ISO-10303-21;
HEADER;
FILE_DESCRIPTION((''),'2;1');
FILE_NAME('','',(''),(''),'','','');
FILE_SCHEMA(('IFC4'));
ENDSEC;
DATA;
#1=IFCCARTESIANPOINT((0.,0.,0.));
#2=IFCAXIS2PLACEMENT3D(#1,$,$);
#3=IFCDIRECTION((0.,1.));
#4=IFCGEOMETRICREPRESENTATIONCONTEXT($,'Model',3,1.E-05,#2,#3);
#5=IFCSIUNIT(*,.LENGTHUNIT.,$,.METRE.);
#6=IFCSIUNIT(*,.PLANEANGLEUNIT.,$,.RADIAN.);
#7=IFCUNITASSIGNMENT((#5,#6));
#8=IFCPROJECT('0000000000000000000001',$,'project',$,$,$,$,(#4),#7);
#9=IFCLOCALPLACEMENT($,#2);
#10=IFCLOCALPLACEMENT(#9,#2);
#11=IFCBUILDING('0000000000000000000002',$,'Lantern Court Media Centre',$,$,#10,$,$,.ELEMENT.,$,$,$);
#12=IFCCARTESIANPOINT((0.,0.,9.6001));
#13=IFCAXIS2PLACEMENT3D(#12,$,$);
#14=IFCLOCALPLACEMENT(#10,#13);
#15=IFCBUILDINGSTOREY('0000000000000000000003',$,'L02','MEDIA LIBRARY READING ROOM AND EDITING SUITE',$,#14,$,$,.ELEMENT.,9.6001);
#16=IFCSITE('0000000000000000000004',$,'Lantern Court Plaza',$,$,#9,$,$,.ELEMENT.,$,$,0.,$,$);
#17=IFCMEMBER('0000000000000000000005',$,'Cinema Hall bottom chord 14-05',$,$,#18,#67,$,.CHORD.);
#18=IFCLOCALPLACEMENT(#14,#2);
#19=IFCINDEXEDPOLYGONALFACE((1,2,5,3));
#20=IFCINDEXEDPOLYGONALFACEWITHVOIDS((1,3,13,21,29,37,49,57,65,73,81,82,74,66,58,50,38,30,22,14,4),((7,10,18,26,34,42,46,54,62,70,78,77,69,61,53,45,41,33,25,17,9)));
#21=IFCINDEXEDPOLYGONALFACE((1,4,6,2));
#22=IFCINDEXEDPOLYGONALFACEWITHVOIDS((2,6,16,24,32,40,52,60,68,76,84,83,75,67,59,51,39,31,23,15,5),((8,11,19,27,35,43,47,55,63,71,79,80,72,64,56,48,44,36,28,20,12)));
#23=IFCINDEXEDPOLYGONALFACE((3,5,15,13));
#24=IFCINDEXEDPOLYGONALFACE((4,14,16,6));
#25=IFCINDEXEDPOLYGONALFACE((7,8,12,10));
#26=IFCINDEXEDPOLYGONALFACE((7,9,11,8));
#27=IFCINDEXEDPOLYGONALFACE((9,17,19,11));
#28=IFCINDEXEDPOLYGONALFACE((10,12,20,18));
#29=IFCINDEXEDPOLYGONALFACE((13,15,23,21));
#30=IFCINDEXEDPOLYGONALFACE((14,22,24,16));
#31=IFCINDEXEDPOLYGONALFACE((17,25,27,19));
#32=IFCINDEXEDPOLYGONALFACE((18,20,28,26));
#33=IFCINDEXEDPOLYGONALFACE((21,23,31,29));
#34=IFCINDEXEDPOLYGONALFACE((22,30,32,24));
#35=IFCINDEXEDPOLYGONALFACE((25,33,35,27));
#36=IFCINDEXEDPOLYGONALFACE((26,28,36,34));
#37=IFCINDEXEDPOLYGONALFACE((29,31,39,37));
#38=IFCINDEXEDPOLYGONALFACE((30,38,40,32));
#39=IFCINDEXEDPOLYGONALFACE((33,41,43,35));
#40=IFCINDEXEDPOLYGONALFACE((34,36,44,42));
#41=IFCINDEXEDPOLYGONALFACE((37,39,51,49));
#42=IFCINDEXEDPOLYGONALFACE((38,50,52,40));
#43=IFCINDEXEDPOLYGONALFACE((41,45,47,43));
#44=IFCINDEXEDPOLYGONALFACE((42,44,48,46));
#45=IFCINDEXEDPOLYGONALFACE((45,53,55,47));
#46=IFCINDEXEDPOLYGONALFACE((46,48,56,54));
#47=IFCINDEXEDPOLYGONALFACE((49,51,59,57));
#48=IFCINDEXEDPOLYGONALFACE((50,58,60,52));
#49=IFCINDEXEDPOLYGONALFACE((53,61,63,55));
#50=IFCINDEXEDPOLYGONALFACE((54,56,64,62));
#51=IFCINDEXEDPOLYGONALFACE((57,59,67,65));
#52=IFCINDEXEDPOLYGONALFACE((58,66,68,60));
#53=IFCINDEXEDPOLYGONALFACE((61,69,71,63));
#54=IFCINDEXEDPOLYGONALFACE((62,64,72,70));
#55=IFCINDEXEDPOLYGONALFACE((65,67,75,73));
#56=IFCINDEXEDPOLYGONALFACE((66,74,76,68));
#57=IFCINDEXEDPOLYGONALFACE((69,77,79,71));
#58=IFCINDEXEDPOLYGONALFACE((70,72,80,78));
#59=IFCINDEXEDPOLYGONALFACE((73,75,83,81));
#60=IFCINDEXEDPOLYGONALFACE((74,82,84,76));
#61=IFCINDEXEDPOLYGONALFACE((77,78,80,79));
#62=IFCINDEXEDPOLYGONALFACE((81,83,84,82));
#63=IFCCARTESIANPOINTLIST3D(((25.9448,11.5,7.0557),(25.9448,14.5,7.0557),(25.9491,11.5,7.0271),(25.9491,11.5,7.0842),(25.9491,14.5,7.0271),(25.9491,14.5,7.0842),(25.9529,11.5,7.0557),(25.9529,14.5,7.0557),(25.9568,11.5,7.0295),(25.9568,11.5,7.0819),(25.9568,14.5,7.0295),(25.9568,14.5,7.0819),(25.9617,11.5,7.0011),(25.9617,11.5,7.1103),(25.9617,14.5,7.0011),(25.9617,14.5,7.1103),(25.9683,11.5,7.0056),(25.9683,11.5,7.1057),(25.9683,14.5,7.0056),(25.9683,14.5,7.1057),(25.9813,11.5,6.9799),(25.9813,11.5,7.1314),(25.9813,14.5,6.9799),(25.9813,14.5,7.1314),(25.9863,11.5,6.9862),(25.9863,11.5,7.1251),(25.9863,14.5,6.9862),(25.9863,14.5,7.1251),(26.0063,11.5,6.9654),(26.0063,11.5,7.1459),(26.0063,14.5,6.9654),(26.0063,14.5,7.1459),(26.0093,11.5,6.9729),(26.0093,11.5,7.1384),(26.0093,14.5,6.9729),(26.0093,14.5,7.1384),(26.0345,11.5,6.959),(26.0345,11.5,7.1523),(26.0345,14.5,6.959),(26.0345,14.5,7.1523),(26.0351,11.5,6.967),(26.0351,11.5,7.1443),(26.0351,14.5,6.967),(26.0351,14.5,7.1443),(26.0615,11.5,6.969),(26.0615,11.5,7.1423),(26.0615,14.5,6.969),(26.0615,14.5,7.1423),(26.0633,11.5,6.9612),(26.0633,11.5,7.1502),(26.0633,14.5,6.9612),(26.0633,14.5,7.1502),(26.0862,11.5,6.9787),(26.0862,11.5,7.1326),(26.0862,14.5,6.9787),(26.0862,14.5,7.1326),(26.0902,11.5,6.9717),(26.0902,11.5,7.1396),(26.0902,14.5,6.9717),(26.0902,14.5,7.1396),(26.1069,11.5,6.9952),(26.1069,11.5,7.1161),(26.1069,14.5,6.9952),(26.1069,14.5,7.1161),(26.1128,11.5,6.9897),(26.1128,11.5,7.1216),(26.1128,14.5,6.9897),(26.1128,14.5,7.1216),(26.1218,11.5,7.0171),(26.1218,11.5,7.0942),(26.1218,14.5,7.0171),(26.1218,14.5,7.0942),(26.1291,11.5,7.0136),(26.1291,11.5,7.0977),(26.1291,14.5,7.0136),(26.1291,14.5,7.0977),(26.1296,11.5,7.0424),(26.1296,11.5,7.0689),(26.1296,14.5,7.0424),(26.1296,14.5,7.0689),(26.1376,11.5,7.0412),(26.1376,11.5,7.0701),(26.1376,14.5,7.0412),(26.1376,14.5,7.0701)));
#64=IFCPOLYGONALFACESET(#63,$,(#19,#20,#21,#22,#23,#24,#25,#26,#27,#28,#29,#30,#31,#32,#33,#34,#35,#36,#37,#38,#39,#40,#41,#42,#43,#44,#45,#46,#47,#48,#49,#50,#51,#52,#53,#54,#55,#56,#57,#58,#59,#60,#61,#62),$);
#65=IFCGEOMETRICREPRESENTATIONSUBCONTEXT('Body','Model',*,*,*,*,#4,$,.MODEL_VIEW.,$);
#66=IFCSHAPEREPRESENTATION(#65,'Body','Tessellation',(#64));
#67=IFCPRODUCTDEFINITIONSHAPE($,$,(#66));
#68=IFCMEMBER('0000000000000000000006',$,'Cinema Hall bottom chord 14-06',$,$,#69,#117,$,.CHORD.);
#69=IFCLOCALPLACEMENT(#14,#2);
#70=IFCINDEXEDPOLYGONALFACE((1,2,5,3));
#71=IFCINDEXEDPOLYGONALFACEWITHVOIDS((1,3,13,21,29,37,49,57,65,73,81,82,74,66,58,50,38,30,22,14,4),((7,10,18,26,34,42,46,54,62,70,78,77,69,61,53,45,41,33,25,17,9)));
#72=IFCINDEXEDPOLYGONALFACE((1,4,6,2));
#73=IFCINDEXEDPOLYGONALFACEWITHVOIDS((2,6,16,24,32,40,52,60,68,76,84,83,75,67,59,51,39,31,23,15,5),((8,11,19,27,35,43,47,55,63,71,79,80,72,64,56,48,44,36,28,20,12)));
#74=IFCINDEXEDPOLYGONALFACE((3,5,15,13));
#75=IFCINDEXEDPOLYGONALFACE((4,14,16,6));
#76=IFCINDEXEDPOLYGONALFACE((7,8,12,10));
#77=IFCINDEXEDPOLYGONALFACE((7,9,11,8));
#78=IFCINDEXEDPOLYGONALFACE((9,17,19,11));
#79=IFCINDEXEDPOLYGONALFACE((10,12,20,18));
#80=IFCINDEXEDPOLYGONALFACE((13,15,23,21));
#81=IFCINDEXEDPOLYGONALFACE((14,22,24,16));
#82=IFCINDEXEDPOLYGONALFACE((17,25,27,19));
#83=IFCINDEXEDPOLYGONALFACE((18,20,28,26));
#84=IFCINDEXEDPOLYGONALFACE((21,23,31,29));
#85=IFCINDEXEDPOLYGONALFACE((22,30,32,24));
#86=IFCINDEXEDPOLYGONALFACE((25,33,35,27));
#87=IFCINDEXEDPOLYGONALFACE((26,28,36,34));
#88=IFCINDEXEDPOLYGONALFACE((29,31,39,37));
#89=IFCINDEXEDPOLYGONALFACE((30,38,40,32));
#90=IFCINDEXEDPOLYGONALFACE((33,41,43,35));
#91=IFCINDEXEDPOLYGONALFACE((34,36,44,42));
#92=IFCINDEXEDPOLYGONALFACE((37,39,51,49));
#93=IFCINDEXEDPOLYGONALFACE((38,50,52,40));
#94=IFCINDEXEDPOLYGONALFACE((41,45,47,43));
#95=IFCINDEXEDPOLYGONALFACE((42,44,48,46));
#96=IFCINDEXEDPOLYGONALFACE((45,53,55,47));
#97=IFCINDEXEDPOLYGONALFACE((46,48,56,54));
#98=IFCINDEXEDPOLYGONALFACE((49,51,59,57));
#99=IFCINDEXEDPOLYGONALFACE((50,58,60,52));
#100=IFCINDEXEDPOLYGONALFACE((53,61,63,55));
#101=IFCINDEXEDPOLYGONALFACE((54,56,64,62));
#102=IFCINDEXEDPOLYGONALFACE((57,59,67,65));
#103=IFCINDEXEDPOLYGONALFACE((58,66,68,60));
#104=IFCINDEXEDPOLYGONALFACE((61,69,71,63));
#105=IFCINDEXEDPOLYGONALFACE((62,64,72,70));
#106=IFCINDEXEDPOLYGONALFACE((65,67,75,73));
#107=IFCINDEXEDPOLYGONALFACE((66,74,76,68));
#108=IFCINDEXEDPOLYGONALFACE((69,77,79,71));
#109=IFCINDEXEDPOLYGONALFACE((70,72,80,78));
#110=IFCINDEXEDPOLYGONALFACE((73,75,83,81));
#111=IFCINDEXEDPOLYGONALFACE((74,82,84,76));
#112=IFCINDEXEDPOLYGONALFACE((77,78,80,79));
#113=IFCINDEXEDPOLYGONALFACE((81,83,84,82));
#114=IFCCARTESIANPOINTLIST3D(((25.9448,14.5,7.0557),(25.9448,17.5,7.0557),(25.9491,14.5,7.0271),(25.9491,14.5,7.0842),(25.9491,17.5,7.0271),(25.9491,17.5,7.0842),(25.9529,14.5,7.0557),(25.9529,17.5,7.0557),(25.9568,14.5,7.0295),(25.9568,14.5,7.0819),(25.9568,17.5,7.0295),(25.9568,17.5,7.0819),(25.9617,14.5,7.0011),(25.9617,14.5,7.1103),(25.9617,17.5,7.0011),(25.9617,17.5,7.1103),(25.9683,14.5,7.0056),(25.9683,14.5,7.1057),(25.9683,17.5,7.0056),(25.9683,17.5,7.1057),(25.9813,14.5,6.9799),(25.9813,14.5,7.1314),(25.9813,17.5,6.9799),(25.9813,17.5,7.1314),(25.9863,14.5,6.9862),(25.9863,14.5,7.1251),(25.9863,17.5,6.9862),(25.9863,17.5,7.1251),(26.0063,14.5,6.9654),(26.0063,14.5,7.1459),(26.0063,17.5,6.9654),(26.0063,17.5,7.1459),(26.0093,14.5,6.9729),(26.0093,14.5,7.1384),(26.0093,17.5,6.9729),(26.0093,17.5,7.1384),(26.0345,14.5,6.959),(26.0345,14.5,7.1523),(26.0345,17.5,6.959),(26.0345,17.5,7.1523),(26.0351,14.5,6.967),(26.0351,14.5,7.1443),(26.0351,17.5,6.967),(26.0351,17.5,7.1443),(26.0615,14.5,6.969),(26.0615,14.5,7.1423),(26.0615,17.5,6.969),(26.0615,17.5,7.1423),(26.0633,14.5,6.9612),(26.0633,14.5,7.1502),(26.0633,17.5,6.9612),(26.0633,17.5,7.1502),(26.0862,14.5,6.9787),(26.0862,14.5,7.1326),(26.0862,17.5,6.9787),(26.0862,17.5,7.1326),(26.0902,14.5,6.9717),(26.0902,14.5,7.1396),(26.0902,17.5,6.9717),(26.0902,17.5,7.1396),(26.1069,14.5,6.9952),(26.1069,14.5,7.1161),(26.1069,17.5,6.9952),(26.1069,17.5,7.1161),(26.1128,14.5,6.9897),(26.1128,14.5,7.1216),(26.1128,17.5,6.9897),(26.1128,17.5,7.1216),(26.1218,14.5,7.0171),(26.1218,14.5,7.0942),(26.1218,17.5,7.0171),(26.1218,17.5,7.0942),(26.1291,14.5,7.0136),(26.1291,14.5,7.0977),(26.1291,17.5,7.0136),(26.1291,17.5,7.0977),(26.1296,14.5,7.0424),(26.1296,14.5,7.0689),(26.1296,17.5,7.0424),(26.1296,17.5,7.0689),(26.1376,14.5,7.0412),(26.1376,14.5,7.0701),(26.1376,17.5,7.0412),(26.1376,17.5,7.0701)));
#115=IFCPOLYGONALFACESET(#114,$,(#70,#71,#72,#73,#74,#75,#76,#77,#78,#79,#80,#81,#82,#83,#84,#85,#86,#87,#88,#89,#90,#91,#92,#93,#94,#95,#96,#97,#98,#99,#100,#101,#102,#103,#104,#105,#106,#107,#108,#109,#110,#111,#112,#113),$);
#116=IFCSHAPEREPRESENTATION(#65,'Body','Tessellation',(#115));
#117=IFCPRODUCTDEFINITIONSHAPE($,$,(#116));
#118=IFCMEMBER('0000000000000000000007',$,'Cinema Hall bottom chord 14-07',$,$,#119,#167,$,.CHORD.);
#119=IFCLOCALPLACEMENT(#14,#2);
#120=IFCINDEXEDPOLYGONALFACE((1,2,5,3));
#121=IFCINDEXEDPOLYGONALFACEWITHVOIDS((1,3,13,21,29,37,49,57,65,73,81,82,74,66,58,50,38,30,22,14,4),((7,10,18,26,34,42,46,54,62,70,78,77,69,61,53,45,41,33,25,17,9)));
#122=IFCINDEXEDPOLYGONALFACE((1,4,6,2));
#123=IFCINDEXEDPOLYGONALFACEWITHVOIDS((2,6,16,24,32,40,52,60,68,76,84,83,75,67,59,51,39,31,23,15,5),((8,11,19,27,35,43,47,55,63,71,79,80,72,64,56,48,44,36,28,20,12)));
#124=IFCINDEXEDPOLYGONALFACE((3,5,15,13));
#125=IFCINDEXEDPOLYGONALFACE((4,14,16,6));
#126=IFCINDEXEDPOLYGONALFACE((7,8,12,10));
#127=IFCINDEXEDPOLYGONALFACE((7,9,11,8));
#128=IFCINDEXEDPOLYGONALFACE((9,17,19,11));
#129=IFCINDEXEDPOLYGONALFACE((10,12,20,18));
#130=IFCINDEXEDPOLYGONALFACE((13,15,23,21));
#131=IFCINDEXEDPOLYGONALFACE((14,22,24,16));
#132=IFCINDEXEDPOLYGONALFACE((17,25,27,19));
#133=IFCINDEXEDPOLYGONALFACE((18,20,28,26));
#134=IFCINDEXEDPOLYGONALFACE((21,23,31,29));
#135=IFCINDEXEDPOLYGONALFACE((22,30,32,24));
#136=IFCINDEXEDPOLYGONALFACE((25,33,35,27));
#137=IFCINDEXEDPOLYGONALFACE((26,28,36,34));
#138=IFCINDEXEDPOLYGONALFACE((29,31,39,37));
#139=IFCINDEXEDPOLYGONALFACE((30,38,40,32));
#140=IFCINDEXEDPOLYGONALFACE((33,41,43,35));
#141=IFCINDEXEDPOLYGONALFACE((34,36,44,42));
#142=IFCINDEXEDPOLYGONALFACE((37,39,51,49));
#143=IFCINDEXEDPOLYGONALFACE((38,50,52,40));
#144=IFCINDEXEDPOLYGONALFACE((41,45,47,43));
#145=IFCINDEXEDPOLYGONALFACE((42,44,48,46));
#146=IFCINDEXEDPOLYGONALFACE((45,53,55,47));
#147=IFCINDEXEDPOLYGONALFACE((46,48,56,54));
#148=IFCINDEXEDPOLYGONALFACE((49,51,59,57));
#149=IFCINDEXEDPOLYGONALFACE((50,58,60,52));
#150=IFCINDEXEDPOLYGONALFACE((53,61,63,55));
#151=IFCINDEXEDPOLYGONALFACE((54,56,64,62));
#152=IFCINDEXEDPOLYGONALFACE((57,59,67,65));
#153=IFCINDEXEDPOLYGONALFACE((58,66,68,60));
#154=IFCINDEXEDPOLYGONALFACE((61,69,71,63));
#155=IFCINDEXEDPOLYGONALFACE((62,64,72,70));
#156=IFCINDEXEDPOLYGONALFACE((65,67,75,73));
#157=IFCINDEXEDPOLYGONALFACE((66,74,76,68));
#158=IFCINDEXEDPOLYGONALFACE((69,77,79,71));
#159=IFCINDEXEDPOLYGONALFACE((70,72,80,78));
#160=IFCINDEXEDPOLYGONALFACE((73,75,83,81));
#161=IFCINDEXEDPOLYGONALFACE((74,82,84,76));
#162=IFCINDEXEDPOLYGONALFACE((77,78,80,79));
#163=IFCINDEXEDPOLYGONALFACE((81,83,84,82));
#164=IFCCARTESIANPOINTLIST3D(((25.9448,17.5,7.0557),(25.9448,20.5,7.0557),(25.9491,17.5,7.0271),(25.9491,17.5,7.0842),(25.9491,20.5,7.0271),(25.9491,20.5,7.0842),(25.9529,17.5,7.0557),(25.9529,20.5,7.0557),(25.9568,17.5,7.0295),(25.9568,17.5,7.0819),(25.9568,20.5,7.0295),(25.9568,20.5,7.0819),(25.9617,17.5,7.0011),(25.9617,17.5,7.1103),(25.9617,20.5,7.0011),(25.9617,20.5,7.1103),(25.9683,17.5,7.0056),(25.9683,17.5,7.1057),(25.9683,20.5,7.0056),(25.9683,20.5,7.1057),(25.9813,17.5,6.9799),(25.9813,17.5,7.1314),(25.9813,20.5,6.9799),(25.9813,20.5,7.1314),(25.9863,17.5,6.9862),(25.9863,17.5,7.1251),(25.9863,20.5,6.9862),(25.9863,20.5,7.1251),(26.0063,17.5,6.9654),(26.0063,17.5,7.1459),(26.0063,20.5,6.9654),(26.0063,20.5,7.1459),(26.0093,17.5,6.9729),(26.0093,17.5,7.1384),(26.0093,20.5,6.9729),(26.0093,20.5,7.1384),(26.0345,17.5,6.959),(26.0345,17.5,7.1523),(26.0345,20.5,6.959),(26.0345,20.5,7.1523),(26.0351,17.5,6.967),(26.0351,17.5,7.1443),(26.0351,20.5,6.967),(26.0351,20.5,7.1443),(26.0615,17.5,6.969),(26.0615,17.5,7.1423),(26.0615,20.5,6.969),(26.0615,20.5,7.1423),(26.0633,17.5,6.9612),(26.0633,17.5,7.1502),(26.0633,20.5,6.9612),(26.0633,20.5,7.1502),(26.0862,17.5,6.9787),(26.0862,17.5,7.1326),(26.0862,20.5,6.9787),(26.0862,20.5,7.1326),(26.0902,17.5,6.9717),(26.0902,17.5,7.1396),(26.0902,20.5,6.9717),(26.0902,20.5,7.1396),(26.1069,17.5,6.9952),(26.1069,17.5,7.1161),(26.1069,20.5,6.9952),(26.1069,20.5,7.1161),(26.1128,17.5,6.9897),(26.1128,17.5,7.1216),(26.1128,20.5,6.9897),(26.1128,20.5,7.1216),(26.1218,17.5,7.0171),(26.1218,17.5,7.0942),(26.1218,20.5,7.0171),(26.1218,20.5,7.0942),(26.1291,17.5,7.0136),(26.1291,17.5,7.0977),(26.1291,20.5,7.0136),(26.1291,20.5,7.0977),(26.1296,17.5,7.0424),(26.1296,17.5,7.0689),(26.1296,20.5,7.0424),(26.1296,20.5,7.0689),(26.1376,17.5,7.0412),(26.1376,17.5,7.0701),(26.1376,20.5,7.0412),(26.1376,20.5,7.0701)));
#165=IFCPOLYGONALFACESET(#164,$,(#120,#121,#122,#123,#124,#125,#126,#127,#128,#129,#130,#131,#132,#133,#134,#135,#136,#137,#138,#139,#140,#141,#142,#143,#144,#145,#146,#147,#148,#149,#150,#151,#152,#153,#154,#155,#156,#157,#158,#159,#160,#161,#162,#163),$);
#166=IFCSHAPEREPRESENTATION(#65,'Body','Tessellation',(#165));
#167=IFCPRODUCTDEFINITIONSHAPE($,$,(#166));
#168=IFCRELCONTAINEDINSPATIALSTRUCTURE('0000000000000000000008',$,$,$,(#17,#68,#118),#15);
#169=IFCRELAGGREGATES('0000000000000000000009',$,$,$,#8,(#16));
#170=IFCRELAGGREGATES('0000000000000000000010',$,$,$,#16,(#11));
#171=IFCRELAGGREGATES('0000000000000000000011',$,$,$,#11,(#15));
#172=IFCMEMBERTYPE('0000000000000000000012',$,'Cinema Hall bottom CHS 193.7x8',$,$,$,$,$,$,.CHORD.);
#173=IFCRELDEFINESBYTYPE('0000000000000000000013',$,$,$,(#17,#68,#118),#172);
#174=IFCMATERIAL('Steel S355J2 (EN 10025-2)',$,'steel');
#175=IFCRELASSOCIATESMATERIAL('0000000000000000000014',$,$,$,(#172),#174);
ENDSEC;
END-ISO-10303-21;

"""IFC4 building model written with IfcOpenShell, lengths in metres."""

from ifc_helpers import new_model, si_unit, direction, frame, origin, origin_2d, place, context, subcontext, project, spatial, hollow_circle, extrude, material, material_profile, profile_set, type_object, element, save


model = new_model("IFC4")

# Units and contexts
model_context = context("Model", 3, precision=1e-05, world=origin(), true_north=direction((0.0, 1.0)))
body_context = subcontext(model_context, "Body", "Model", "MODEL_VIEW")
ifc_project = project(units=[si_unit("LENGTHUNIT", "METRE"), si_unit("PLANEANGLEUNIT", "RADIAN")], contexts=[model_context])

# Site, building, storey
site_placement = place(None, origin())
site = spatial("IfcSite", under=ifc_project, at=site_placement, Name="Lantern Court Plaza", CompositionType="ELEMENT", RefElevation=0.0)
building_placement = place(site_placement, origin())
building = spatial("IfcBuilding", under=site, at=building_placement, Name="Lantern Court Media Centre", CompositionType="ELEMENT")
storey_placement = place(building_placement, frame((0.0, 0.0, 9.6001)))
storey = spatial("IfcBuildingStorey", under=building, at=storey_placement, Name="L02", Description="MEDIA LIBRARY READING ROOM AND EDITING SUITE", CompositionType="ELEMENT", Elevation=9.6001)

# Members
ifc_material = material(Name="Steel S355J2 (EN 10025-2)", Category="steel")
ifc_material_profile_1 = material_profile(ifc_material, hollow_circle(Radius=0.0969, WallThickness=0.0081, at=origin_2d()), Name="Cinema Hall bottom CHS 193.7x8")
ifc_profile_set_1 = profile_set([ifc_material_profile_1], Name="Steel S355J2 (EN 10025-2)")
member_type_1 = type_object("IfcMemberType", Name="Cinema Hall bottom CHS 193.7x8", PredefinedType="CHORD", material=ifc_profile_set_1)
for number, where, z_axis, x_axis, name in (
    (1, (26.0417, 11.5, 7.0557), (0.0, 1.0, 0.0), (-1.0, 0.0, 0.0), "Cinema Hall bottom chord 14-05"),
    (2, (26.0417, 14.5, 7.0557), (0.0, 1.0, 0.0), (-1.0, 0.0, 0.0), "Cinema Hall bottom chord 14-06"),
    (3, (26.0417, 17.5, 7.0557), (0.0, 1.0, 0.0), (-1.0, 0.0, 0.0), "Cinema Hall bottom chord 14-07"),
):
    element("IfcMember", number, at=place(storey_placement, frame(where, z_axis=z_axis, x_axis=x_axis)), inside=storey, type_object=member_type_1, Name=name, PredefinedType="CHORD", context=body_context, shape_type="SweptSolid", body=[
        extrude(hollow_circle(Radius=0.0969, WallThickness=0.0081, at=origin_2d()), origin(), (0.0, 0.0, 1.0), 3.0),
    ])

save(model, "model.ifc")
